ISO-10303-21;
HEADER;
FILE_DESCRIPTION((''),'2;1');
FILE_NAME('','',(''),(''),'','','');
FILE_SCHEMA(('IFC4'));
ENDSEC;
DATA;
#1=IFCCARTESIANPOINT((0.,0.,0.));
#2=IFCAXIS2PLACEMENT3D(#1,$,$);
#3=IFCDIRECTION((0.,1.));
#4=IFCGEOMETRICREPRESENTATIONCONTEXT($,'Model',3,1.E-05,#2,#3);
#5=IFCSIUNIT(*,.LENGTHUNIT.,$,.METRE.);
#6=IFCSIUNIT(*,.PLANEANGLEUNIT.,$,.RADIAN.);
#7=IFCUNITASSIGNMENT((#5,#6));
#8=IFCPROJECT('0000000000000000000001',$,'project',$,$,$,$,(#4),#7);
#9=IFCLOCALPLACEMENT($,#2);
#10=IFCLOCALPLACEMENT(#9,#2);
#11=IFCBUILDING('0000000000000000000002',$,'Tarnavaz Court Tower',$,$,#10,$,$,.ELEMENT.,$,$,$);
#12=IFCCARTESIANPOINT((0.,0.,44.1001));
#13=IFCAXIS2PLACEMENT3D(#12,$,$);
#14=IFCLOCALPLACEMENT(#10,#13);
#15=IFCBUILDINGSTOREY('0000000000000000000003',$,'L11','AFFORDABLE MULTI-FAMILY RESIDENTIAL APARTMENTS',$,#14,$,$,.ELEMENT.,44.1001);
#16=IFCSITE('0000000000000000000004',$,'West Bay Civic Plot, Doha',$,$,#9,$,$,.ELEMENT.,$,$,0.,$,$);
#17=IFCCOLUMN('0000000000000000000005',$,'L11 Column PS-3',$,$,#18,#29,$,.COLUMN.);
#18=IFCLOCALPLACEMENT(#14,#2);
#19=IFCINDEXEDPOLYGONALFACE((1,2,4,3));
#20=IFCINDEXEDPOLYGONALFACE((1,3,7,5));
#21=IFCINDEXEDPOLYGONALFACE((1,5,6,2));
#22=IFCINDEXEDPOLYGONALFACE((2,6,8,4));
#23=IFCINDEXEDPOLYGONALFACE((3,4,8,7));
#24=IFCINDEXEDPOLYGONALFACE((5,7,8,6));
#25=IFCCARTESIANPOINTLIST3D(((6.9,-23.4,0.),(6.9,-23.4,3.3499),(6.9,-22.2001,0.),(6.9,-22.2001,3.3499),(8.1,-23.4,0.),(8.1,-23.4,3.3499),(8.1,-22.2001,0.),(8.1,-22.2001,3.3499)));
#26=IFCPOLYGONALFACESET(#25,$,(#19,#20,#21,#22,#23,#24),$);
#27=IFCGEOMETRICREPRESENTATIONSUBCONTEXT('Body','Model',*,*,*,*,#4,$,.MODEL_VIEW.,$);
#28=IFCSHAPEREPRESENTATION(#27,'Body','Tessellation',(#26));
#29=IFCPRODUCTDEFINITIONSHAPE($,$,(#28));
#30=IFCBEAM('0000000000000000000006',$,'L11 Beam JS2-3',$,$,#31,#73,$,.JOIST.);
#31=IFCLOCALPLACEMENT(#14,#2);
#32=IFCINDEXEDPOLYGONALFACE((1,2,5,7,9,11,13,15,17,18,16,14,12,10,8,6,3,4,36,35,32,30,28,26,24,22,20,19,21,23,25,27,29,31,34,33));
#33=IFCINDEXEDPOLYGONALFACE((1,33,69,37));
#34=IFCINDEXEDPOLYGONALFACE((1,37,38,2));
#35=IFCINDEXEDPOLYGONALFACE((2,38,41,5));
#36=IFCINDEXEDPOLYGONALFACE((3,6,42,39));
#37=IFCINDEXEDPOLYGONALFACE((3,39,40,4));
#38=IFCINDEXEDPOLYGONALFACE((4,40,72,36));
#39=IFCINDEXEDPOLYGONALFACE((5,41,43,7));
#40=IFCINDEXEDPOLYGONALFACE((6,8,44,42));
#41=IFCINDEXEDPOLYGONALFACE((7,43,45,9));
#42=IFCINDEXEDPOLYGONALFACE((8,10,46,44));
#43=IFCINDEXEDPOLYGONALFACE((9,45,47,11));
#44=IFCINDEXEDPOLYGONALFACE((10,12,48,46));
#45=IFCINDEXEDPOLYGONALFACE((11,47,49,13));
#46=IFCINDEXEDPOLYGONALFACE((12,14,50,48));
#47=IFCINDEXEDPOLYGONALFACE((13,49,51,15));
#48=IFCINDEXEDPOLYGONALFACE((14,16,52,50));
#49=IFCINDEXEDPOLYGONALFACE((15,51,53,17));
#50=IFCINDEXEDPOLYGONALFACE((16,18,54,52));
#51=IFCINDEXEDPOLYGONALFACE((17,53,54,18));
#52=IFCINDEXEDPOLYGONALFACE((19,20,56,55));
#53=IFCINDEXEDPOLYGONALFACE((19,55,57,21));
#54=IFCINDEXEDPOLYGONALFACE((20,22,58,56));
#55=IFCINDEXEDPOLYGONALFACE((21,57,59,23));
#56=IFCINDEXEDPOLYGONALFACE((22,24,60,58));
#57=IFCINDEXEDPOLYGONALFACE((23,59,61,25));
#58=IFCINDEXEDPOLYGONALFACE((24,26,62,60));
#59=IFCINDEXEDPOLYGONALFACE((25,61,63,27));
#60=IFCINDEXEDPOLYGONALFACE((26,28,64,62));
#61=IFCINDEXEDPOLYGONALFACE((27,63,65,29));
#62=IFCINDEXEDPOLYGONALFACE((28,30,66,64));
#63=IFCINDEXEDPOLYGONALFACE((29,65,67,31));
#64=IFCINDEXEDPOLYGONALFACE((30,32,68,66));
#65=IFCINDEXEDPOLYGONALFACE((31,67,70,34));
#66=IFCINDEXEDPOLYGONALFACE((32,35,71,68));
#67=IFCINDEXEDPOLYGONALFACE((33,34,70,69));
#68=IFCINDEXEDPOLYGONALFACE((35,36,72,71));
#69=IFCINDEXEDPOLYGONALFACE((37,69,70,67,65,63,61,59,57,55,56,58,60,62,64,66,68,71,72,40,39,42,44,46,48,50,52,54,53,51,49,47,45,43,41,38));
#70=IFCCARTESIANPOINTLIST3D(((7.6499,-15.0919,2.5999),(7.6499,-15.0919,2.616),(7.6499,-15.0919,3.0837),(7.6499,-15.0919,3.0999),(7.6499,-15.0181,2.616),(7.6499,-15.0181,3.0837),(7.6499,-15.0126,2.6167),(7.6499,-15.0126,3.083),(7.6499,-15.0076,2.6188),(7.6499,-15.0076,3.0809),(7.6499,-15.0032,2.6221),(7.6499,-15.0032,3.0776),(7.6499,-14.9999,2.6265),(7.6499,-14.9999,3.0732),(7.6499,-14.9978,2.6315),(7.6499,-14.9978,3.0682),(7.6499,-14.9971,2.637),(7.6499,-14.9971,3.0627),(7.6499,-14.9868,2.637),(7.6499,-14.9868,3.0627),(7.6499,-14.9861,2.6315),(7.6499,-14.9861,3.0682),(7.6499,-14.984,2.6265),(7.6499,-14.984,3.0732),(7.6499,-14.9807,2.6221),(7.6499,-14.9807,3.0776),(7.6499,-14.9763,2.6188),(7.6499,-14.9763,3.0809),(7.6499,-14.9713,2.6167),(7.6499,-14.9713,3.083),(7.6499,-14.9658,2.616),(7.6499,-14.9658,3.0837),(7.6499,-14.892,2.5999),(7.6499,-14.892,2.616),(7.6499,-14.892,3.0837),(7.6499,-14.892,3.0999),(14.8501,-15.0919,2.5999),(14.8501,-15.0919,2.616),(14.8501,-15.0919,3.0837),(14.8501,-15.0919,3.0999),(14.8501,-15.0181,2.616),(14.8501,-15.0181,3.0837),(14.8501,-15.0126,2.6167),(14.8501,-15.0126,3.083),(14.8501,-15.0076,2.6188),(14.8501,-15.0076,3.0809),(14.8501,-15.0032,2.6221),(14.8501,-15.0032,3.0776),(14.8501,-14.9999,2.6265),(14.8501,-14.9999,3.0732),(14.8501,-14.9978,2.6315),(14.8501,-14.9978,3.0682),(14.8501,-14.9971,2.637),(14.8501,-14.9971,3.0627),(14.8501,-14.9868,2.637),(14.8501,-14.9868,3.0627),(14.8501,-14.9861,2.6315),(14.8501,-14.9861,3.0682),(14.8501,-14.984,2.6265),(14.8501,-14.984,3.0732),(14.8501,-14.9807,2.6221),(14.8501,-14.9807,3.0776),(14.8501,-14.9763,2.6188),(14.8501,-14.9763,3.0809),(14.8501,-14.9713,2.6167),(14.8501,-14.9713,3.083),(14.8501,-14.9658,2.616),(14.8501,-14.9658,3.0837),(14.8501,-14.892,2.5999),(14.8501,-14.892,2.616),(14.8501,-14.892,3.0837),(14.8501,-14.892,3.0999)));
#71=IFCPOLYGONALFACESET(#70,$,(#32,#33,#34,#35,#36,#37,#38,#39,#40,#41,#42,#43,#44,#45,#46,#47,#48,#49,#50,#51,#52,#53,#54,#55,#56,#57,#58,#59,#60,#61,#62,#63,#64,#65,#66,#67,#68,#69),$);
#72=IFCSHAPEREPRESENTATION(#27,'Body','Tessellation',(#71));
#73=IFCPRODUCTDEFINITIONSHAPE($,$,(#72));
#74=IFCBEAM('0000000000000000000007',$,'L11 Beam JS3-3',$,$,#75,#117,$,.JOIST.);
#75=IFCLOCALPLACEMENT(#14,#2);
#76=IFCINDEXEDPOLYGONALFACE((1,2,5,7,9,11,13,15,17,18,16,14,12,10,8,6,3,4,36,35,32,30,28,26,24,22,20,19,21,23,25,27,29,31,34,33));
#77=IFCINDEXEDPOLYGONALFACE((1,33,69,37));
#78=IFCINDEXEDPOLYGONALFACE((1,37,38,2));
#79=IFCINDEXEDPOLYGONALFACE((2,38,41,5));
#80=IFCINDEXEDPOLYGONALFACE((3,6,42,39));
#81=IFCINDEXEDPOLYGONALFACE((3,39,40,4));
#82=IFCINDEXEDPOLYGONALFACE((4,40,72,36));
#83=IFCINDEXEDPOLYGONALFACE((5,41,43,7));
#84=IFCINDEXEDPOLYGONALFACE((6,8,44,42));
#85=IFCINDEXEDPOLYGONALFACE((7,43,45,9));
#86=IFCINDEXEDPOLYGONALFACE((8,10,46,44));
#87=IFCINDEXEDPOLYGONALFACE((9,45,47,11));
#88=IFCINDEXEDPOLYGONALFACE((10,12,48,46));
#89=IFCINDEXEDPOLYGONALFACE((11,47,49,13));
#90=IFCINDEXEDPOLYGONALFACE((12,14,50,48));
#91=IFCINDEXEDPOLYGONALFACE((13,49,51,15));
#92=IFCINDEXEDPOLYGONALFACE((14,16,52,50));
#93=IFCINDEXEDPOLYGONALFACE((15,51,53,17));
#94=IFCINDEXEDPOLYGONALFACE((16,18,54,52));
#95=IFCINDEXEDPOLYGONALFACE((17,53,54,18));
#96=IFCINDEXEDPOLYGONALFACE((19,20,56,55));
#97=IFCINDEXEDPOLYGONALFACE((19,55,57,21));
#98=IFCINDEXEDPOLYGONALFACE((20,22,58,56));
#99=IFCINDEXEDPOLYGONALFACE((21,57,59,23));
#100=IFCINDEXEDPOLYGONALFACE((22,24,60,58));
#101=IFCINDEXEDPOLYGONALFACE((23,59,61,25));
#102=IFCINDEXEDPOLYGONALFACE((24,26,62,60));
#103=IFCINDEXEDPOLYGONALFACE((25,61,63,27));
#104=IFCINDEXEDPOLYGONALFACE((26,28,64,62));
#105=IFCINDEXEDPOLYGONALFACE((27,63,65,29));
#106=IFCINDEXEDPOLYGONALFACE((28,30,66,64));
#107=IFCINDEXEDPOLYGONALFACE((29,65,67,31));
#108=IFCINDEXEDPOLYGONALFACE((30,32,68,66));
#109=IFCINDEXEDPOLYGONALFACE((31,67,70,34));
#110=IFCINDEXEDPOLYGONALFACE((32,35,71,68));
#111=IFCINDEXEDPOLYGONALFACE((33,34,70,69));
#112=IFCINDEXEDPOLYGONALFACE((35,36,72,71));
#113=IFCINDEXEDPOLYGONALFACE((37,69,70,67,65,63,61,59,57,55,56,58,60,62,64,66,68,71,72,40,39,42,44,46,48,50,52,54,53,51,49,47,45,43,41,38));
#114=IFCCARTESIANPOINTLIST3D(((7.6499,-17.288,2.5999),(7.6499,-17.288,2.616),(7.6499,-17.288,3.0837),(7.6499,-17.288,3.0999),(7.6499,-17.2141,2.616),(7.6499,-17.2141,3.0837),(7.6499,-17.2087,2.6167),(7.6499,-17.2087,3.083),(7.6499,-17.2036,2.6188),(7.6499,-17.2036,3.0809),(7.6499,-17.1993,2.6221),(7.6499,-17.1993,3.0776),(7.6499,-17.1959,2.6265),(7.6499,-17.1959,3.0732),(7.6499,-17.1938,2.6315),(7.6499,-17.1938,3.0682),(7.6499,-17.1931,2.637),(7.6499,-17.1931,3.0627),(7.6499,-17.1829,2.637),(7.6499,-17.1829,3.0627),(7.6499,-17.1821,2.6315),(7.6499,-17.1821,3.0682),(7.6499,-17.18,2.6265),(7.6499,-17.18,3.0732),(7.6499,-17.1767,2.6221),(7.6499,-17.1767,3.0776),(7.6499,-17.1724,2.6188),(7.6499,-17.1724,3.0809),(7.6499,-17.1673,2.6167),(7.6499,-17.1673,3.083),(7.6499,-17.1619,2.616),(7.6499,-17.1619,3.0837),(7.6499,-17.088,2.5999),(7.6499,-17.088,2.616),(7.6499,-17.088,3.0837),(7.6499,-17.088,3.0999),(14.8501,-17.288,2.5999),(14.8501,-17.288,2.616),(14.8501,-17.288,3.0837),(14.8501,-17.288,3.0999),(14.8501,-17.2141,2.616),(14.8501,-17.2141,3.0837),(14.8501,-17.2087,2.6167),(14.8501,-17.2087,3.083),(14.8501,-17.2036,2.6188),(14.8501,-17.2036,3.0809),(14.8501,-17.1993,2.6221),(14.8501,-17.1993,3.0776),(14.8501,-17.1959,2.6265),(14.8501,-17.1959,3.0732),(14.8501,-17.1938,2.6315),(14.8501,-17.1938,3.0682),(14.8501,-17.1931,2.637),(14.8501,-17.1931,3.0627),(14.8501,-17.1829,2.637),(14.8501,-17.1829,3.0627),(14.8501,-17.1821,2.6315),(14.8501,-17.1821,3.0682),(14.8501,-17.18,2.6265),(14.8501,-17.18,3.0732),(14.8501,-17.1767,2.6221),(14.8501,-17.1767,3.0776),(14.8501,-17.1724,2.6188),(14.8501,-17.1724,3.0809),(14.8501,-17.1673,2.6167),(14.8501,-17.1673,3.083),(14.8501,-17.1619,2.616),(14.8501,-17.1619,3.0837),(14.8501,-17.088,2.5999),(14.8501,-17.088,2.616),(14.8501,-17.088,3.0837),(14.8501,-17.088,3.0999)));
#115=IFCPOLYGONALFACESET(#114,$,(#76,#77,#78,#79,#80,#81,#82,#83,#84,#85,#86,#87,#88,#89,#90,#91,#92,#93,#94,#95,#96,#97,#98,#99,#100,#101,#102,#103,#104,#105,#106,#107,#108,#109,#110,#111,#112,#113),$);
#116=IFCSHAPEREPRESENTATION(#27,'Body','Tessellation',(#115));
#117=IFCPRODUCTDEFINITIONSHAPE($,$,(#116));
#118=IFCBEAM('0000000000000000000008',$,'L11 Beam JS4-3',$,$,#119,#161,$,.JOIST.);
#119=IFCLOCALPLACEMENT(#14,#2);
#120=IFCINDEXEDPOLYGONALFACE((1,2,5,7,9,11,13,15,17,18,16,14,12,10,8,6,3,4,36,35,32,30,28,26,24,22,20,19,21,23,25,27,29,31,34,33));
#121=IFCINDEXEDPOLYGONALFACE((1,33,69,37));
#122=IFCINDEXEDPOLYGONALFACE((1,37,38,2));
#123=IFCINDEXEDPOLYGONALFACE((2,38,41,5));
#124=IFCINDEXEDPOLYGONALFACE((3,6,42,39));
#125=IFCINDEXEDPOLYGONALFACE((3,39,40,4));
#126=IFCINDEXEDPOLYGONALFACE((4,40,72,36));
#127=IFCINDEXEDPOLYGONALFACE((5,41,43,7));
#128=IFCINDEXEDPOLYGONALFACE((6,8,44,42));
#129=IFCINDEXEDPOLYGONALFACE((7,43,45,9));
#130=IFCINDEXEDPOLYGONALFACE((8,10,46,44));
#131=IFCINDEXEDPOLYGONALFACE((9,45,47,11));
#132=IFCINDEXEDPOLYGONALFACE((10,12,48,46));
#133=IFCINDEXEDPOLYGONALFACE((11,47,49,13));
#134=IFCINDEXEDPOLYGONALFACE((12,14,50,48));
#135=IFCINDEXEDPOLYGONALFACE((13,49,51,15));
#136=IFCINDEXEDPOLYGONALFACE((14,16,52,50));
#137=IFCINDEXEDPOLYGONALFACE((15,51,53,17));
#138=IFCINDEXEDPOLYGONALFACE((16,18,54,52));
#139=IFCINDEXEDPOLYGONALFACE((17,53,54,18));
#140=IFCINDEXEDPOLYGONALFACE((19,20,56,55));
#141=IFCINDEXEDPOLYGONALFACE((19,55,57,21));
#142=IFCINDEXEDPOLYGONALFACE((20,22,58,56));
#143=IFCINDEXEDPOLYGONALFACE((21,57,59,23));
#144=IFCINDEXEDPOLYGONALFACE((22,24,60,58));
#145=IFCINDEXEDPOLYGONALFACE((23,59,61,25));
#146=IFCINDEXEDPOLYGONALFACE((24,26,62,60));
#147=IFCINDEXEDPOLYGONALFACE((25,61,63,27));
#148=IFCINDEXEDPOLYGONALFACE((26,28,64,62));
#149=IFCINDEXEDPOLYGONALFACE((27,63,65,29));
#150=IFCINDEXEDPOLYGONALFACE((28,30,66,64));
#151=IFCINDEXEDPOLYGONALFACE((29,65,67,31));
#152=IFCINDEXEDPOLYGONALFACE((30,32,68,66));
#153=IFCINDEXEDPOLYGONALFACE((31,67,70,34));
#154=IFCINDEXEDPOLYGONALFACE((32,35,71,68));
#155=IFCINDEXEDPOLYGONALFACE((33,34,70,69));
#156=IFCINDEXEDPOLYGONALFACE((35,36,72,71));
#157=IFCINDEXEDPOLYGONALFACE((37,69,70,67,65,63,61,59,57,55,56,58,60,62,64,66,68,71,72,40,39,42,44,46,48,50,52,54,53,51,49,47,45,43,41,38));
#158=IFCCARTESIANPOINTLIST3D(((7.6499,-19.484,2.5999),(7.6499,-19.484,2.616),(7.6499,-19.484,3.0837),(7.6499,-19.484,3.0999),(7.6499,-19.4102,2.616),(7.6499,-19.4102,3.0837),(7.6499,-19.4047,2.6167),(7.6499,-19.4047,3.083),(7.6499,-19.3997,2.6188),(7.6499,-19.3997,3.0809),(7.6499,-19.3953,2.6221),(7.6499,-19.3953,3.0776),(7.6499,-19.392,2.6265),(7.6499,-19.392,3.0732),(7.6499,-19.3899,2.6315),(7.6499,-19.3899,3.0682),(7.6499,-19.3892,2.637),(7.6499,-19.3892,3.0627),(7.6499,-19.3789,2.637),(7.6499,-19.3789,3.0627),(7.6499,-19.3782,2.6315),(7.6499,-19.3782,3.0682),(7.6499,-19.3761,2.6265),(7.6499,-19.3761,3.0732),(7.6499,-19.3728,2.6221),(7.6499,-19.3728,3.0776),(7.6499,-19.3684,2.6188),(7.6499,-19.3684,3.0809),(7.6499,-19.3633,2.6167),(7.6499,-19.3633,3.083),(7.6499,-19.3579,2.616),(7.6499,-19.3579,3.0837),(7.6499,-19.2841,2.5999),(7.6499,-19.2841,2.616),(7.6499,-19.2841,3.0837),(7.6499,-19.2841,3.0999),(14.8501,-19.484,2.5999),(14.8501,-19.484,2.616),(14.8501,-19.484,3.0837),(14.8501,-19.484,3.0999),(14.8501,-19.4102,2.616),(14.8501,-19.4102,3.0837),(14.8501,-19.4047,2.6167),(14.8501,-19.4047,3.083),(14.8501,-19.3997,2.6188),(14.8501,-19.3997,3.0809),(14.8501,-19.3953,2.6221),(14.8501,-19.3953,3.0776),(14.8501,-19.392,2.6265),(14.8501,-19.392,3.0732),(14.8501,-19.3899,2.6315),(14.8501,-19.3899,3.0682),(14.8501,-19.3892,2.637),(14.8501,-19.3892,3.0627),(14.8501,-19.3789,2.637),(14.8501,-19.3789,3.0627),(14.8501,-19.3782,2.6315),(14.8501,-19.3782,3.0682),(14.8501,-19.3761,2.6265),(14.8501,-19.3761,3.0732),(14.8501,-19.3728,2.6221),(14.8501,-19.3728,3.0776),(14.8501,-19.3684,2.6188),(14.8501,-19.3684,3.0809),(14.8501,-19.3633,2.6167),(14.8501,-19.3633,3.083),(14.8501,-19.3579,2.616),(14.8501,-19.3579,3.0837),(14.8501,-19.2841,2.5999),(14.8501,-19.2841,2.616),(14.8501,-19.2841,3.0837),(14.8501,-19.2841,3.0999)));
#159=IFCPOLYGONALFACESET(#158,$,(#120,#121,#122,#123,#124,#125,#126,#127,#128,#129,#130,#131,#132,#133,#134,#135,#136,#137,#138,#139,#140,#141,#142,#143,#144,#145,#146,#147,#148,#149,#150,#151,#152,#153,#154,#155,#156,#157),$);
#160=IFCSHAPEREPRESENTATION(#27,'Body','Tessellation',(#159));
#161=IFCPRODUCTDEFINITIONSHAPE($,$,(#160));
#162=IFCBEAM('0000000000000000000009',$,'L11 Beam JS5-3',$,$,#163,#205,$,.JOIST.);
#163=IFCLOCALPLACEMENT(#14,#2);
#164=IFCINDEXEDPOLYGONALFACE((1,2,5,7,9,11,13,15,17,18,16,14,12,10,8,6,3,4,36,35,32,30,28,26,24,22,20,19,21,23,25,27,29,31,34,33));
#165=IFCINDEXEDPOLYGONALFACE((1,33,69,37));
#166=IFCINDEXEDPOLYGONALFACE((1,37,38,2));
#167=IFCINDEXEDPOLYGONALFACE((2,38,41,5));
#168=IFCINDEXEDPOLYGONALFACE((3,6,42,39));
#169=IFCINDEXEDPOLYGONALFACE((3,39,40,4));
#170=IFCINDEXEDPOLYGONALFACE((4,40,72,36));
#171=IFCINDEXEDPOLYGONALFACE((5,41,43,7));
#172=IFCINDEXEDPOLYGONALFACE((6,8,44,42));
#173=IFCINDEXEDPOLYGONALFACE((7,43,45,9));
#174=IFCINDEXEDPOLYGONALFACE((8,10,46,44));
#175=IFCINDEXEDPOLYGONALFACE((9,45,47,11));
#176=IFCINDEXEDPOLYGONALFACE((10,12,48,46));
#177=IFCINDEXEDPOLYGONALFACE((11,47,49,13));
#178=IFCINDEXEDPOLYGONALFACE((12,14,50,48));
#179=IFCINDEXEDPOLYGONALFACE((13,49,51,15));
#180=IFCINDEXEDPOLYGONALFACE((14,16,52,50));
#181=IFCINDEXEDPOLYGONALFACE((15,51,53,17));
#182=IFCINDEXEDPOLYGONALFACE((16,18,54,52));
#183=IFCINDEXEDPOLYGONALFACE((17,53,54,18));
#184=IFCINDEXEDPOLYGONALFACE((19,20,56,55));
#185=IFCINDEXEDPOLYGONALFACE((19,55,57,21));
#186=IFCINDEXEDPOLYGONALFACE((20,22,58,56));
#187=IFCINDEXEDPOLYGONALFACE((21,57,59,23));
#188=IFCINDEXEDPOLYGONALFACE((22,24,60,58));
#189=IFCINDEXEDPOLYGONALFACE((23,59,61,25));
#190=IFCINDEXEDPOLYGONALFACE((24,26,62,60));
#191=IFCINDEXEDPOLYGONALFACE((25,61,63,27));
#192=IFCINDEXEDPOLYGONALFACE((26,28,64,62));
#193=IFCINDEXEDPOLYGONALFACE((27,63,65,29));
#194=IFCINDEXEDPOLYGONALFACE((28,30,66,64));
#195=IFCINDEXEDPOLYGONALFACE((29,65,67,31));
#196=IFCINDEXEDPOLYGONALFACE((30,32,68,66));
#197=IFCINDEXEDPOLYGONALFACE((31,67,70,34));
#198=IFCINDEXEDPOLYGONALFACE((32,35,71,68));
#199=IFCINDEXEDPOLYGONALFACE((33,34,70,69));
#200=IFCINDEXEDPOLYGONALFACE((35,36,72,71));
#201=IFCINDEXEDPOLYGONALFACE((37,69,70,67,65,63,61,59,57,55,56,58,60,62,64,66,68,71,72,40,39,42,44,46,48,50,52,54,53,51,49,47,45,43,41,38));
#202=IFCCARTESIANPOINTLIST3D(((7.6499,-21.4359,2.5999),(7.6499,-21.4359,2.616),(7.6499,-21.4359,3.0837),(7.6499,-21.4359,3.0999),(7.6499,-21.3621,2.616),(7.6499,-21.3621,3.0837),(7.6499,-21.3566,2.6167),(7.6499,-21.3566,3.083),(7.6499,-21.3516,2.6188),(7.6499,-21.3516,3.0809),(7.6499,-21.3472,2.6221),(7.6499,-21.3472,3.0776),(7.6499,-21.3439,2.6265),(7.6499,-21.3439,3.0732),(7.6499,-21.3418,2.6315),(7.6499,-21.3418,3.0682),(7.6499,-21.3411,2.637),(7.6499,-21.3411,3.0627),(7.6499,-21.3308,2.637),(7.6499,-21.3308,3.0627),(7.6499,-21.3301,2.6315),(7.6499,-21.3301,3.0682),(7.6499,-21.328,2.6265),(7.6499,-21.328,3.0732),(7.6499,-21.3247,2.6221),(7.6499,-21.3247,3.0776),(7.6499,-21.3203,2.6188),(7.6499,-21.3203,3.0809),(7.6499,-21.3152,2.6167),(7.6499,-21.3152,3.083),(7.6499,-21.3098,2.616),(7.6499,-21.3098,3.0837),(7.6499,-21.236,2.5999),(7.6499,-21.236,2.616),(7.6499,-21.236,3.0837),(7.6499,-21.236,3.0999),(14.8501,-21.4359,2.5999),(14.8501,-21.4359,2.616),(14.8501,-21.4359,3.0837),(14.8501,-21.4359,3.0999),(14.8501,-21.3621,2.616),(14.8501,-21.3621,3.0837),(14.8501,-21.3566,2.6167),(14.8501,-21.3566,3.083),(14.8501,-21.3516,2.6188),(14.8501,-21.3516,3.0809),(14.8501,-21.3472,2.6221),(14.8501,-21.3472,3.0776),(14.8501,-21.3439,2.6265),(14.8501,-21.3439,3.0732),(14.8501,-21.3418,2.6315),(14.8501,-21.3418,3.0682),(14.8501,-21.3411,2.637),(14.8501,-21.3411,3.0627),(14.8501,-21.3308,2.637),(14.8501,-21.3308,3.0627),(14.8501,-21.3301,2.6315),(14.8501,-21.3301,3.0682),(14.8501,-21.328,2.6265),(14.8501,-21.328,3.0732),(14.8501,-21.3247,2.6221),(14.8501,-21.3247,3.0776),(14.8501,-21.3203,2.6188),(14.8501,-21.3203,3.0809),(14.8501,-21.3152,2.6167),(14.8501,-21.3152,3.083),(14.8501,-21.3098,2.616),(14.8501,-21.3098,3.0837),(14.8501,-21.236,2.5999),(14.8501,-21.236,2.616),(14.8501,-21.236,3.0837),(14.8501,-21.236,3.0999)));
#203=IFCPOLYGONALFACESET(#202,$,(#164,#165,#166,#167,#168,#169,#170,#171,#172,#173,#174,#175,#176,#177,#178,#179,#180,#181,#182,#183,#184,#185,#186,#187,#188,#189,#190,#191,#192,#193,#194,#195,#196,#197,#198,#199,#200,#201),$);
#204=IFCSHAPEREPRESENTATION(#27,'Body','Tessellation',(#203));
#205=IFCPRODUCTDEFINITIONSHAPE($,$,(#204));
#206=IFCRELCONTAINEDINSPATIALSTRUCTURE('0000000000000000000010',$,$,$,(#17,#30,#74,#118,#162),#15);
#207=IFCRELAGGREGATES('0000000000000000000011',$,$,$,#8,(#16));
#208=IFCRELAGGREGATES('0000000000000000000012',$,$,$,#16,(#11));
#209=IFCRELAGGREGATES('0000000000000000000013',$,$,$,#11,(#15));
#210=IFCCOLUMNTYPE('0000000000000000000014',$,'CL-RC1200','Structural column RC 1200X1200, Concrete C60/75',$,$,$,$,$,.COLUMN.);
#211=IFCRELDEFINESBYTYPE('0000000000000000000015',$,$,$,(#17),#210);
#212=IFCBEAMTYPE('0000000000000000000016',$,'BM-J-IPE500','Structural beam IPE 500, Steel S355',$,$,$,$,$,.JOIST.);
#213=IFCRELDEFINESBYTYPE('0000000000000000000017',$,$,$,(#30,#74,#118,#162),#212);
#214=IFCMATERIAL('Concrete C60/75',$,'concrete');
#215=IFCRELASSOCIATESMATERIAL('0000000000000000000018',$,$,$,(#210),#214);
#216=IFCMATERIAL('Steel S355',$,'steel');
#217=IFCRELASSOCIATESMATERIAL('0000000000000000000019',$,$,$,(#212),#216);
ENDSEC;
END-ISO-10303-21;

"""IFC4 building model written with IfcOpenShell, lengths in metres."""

from ifc_helpers import new_model, si_unit, direction, frame, origin, origin_2d, place, context, subcontext, project, spatial, rectangle, i_section, extrude, material, material_profile, profile_set, type_object, element, save


model = new_model("IFC4")

# Units and contexts
model_context = context("Model", 3, precision=1e-05, world=origin(), true_north=direction((0.0, 1.0)))
body_context = subcontext(model_context, "Body", "Model", "MODEL_VIEW")
ifc_project = project(units=[si_unit("LENGTHUNIT", "METRE"), si_unit("PLANEANGLEUNIT", "RADIAN")], contexts=[model_context])

# Site, building, storey
site_placement = place(None, origin())
site = spatial("IfcSite", under=ifc_project, at=site_placement, Name="West Bay Civic Plot, Doha", CompositionType="ELEMENT", RefElevation=0.0)
building_placement = place(site_placement, origin())
building = spatial("IfcBuilding", under=site, at=building_placement, Name="Tarnavaz Court Tower", CompositionType="ELEMENT")
storey_placement = place(building_placement, frame((0.0, 0.0, 44.1001)))
storey = spatial("IfcBuildingStorey", under=building, at=storey_placement, Name="L11", Description="AFFORDABLE MULTI-FAMILY RESIDENTIAL APARTMENTS", CompositionType="ELEMENT", Elevation=44.1001)

# Column
ifc_material_1 = material(Name="Concrete C60/75", Category="concrete")
ifc_material_profile_1 = material_profile(ifc_material_1, rectangle(XDim=1.2, YDim=1.2, at=origin_2d()), Name="RC 1200X1200")
ifc_profile_set_1 = profile_set([ifc_material_profile_1], Name="Concrete C60/75")
column_type = type_object("IfcColumnType", Name="CL-RC1200", Description="Structural column RC 1200X1200, Concrete C60/75", PredefinedType="COLUMN", material=ifc_profile_set_1)
column_placement = place(storey_placement, frame((7.5, -22.8, 0.0), z_axis=(0.0, 0.0, 1.0), x_axis=(1.0, 0.0, 0.0)))
element("IfcColumn", 1, at=column_placement, inside=storey, type_object=column_type, Name="L11 Column PS-3", PredefinedType="COLUMN", context=body_context, shape_type="SweptSolid", body=[
    extrude(rectangle(XDim=1.2, YDim=1.2, at=origin_2d()), origin(), (0.0, 0.0, 1.0), 3.3499),
])

# Beams
ifc_material_2 = material(Name="Steel S355", Category="steel")
ifc_material_profile_2 = material_profile(ifc_material_2, i_section(OverallWidth=0.2, OverallDepth=0.5, WebThickness=0.0103, FlangeThickness=0.0161, FilletRadius=0.021, at=origin_2d()), Name="IPE 500")
ifc_profile_set_2 = profile_set([ifc_material_profile_2], Name="Steel S355")
beam_type_1 = type_object("IfcBeamType", Name="BM-J-IPE500", Description="Structural beam IPE 500, Steel S355", PredefinedType="JOIST", material=ifc_profile_set_2)
for number, where, z_axis, x_axis, name in (
    (2, (7.6499, -14.9919, 2.8499), (1.0, 0.0, 0.0), (0.0, 1.0, 0.0), "L11 Beam JS2-3"),
    (3, (7.6499, -17.188, 2.8499), (1.0, 0.0, 0.0), (0.0, 1.0, 0.0), "L11 Beam JS3-3"),
    (4, (7.6499, -19.384, 2.8499), (1.0, 0.0, 0.0), (0.0, 1.0, 0.0), "L11 Beam JS4-3"),
    (5, (7.6499, -21.3359, 2.8499), (1.0, 0.0, 0.0), (0.0, 1.0, 0.0), "L11 Beam JS5-3"),
):
    element("IfcBeam", number, at=place(storey_placement, frame(where, z_axis=z_axis, x_axis=x_axis)), inside=storey, type_object=beam_type_1, Name=name, PredefinedType="JOIST", context=body_context, shape_type="SweptSolid", body=[
        extrude(i_section(OverallWidth=0.2, OverallDepth=0.5, WebThickness=0.0103, FlangeThickness=0.0161, FilletRadius=0.021, at=origin_2d()), origin(), (0.0, 0.0, 1.0), 7.2002),
    ])

save(model, "model.ifc")
